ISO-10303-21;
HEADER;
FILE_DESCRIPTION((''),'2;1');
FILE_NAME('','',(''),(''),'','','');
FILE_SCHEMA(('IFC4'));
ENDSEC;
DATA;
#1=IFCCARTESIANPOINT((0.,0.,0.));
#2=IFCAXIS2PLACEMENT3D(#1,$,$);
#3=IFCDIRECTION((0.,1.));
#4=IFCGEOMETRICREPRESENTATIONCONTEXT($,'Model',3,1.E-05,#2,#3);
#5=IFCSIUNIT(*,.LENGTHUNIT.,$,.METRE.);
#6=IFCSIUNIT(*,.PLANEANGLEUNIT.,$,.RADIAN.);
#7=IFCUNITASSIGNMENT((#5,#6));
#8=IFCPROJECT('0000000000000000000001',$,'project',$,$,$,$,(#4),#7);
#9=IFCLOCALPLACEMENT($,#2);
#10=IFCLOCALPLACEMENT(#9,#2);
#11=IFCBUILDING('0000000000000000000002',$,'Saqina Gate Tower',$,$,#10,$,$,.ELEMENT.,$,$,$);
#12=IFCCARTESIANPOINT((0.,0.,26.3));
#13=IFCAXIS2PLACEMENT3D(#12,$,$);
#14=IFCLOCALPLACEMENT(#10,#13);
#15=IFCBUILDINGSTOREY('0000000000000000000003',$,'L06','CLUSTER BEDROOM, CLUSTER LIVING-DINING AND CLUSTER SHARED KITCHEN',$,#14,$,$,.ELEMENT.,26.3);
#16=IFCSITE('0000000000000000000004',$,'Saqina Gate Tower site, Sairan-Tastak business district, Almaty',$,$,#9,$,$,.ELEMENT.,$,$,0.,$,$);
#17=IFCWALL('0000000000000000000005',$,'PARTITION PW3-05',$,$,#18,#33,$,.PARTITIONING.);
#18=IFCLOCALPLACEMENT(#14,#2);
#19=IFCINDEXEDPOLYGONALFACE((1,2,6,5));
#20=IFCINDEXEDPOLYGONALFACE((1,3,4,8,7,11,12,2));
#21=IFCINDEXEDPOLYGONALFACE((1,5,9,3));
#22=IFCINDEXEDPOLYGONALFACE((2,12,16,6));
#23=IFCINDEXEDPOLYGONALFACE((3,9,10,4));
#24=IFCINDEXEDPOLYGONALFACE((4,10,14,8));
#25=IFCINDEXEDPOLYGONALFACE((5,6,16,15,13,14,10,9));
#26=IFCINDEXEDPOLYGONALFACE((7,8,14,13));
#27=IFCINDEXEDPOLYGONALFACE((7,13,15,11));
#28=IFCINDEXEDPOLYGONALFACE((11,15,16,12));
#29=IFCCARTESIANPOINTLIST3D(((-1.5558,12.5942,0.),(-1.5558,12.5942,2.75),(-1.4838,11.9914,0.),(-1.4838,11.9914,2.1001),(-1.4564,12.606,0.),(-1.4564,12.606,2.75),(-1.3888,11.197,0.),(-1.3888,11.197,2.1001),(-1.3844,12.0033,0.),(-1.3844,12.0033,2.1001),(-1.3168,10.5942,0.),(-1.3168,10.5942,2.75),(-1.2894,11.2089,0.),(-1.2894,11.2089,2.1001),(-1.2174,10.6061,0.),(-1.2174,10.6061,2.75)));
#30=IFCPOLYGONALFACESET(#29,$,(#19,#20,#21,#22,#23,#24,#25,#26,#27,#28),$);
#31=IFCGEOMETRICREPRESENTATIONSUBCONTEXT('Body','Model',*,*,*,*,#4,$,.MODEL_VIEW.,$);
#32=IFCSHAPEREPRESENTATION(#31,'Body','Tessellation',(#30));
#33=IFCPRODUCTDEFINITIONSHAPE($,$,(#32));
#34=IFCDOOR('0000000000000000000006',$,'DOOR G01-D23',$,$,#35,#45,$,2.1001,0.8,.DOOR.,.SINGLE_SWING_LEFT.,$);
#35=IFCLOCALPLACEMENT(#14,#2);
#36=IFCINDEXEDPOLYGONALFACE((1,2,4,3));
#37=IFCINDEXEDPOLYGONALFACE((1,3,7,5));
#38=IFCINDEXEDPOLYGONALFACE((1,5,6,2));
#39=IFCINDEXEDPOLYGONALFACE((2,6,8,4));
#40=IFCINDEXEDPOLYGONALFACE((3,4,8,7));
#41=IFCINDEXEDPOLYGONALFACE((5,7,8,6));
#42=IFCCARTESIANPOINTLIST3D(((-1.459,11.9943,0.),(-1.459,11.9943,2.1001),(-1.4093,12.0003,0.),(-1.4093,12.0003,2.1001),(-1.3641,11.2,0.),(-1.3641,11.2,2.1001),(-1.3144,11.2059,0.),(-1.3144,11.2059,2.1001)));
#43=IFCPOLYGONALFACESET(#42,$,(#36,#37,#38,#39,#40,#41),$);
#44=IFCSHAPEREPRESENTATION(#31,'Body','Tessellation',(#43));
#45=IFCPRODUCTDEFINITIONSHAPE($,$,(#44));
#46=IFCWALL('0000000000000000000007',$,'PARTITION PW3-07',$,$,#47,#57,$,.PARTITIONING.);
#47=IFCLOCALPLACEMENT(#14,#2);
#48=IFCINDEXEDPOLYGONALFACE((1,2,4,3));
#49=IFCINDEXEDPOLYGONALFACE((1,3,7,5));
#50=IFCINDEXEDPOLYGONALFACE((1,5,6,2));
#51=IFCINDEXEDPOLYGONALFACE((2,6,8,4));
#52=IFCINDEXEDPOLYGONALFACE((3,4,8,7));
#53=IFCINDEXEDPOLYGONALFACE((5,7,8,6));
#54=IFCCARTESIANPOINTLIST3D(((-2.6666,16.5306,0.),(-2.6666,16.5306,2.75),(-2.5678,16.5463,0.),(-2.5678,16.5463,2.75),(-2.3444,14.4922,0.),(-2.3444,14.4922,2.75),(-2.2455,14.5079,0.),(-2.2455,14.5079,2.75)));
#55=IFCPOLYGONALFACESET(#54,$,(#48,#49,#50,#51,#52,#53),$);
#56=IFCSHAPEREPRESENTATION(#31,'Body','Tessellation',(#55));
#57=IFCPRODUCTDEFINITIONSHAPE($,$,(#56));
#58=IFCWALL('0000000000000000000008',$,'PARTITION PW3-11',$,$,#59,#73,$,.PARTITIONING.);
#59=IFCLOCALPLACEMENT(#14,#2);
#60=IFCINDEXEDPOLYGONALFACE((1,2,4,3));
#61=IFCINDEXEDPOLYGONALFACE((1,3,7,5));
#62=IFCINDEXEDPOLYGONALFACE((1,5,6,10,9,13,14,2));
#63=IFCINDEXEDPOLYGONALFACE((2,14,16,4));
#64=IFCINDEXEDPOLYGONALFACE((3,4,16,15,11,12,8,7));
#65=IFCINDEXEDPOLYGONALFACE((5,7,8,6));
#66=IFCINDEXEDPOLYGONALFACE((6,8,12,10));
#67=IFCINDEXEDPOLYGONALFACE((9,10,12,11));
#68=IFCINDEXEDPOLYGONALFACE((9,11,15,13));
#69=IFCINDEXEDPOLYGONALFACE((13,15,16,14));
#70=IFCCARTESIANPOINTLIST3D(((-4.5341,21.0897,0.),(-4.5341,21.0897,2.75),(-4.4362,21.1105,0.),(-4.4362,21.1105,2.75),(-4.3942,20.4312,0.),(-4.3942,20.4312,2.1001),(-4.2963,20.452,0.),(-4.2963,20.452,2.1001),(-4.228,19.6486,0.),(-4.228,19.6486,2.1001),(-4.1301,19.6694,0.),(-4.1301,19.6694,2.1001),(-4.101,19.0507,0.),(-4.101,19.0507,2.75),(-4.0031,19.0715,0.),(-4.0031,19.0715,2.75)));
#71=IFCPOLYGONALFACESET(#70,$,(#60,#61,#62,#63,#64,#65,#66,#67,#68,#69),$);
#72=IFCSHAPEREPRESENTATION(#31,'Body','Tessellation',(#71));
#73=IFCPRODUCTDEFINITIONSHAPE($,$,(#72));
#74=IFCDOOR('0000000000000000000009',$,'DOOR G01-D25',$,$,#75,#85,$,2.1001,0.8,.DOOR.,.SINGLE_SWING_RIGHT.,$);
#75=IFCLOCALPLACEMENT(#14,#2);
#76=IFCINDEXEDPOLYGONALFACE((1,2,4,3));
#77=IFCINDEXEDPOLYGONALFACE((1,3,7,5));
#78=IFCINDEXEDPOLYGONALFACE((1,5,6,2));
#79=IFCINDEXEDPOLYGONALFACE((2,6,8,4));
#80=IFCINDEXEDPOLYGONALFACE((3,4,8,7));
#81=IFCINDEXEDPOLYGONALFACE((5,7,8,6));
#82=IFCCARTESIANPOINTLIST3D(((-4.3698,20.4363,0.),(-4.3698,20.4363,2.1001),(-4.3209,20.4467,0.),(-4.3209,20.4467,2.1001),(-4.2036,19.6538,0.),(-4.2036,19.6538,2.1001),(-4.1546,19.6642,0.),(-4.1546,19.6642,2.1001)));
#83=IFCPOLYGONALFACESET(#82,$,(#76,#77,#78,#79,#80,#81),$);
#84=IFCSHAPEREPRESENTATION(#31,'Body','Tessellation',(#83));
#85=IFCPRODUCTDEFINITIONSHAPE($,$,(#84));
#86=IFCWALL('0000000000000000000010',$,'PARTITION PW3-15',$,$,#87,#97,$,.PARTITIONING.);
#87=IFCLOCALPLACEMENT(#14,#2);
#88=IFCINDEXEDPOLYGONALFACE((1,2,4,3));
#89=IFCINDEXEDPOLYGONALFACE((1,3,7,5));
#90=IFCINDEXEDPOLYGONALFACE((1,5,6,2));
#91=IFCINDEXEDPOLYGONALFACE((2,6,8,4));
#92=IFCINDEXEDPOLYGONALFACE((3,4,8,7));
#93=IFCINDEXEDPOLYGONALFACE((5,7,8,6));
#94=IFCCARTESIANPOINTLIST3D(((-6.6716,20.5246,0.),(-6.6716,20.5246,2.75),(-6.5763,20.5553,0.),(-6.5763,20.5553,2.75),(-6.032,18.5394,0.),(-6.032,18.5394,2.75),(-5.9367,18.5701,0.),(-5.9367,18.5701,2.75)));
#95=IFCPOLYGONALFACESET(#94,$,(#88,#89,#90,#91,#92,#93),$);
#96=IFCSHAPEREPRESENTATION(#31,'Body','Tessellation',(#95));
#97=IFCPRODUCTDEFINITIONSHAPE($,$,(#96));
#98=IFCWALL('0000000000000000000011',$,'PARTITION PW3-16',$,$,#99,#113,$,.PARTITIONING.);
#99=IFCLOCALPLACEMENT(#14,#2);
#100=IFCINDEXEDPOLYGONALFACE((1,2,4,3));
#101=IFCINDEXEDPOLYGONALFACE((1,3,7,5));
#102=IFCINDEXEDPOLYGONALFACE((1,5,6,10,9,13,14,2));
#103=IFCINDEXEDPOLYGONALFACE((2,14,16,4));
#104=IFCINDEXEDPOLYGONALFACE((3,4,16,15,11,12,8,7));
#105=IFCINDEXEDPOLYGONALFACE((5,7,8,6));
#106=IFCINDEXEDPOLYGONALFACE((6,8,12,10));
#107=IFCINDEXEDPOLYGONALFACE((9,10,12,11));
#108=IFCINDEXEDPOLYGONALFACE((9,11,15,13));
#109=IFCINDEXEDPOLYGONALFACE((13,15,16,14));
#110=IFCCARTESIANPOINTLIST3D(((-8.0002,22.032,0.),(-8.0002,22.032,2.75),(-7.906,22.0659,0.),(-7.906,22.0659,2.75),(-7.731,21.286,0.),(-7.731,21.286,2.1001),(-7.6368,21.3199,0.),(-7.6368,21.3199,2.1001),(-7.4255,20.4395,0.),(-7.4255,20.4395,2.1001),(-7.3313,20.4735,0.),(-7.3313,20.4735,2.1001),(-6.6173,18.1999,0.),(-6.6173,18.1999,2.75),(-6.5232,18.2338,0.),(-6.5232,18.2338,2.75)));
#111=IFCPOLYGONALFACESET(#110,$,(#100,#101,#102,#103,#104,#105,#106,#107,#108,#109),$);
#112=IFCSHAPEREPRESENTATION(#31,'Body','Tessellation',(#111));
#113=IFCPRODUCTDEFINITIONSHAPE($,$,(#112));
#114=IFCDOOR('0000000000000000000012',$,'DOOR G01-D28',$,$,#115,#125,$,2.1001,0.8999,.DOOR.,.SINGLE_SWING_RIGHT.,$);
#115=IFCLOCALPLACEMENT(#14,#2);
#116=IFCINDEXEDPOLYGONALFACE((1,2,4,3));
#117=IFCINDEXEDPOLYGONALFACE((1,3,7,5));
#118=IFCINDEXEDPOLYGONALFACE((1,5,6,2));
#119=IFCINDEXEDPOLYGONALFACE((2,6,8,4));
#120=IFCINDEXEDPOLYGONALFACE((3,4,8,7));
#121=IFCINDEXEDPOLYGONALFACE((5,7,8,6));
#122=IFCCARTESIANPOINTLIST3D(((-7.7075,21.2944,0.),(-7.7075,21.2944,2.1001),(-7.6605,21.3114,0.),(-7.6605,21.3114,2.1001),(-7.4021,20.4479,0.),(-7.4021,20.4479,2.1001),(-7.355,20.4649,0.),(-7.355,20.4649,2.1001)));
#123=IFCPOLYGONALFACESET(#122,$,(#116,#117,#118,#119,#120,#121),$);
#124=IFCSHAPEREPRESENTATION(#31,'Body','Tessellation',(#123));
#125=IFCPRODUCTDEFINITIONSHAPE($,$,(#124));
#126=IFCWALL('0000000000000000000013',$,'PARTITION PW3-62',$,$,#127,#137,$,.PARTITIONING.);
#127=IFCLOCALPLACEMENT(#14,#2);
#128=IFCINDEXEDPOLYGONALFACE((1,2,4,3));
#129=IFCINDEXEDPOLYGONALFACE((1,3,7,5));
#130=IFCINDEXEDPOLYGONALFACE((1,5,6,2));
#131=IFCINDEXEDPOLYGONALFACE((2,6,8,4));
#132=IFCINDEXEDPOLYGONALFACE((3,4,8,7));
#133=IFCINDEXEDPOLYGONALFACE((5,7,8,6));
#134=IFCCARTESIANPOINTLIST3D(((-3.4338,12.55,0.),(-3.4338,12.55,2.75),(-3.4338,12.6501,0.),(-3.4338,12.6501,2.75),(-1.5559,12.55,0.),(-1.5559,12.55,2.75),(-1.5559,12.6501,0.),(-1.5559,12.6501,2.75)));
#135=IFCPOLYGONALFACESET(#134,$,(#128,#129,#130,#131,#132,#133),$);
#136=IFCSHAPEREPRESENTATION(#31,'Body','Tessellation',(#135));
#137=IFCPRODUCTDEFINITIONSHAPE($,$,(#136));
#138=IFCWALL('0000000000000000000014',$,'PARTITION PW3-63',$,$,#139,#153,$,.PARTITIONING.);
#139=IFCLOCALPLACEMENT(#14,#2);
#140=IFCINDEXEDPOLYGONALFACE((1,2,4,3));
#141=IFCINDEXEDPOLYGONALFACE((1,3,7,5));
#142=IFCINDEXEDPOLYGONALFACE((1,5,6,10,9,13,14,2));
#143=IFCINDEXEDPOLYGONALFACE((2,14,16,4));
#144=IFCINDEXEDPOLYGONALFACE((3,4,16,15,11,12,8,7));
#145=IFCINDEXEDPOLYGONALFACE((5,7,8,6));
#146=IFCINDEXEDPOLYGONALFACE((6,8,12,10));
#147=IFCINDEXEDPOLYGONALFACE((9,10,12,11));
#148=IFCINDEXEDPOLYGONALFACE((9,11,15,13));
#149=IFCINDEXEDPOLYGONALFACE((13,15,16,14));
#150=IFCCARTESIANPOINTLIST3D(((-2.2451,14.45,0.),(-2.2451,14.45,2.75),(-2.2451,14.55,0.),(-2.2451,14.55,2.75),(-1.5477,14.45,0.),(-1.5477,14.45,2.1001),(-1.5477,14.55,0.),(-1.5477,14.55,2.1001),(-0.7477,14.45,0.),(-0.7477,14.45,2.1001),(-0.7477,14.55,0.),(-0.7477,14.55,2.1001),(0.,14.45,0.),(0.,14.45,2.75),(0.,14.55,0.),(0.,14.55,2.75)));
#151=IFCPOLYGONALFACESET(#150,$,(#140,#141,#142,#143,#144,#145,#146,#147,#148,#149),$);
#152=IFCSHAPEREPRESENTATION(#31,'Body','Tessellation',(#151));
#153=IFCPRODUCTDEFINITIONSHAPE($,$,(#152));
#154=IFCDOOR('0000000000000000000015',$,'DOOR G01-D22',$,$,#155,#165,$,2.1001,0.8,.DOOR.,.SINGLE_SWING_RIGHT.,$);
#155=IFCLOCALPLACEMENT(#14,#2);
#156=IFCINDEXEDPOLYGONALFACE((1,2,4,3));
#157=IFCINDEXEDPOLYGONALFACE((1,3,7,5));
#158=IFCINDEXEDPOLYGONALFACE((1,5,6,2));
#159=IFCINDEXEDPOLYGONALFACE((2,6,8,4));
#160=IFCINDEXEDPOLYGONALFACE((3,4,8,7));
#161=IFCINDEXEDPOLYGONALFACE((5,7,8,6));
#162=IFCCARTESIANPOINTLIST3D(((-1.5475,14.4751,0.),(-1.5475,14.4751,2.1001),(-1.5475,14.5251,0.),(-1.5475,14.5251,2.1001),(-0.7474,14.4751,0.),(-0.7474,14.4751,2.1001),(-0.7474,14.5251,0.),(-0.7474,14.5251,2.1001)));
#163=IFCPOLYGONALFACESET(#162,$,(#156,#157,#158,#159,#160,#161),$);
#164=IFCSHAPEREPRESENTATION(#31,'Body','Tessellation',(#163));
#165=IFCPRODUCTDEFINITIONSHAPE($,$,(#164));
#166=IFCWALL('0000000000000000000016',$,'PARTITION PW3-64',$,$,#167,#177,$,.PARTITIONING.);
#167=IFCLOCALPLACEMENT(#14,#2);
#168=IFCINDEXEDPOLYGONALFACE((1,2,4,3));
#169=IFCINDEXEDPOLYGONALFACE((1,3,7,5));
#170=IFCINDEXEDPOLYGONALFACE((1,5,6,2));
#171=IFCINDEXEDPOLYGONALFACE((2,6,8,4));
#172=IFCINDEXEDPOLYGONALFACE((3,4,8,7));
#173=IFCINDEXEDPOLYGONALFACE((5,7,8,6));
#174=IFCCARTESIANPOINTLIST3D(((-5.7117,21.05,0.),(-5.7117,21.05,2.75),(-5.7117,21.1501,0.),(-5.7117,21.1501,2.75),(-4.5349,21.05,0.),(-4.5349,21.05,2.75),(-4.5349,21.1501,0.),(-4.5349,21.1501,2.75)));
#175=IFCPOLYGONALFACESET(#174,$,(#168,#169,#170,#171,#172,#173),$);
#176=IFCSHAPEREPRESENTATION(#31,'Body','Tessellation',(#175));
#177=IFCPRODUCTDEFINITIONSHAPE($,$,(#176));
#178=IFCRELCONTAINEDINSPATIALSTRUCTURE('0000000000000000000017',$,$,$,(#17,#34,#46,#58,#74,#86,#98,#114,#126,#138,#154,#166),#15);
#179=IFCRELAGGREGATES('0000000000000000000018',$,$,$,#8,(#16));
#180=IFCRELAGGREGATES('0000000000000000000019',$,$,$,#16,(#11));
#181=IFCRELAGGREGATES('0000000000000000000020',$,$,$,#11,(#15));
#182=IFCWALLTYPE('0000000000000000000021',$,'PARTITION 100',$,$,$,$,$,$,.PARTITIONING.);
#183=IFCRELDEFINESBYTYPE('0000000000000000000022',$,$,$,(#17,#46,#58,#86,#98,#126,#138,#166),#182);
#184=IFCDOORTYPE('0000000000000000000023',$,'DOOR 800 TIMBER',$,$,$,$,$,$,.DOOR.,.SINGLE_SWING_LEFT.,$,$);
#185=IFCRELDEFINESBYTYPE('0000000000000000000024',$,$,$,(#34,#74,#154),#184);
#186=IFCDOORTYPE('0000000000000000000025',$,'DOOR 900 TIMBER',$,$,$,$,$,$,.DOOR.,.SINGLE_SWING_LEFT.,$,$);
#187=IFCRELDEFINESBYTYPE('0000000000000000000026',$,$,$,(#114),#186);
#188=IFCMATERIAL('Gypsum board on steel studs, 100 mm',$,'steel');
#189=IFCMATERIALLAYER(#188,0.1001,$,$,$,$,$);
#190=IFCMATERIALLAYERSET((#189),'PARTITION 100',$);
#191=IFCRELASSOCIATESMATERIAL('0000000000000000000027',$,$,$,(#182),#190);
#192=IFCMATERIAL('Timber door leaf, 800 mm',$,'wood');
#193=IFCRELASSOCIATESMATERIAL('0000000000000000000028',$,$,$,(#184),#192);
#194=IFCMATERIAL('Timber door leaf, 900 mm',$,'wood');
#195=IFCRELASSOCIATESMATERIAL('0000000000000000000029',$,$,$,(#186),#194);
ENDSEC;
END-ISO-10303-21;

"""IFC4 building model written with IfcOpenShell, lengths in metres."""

from ifc_helpers import new_model, si_unit, direction, frame, frame_2d, origin, place, context, subcontext, project, spatial, rectangle, extrude, material, layer, layer_set, type_object, element, fill, save


model = new_model("IFC4")

# Units and contexts
model_context = context("Model", 3, precision=1e-05, world=origin(), true_north=direction((0.0, 1.0)))
body_context = subcontext(model_context, "Body", "Model", "MODEL_VIEW")
ifc_project = project(units=[si_unit("LENGTHUNIT", "METRE"), si_unit("PLANEANGLEUNIT", "RADIAN")], contexts=[model_context])

# Site, building, storey
site_placement = place(None, origin())
site = spatial("IfcSite", under=ifc_project, at=site_placement, Name="Saqina Gate Tower site, Sairan-Tastak business district, Almaty", CompositionType="ELEMENT", RefElevation=0.0)
building_placement = place(site_placement, origin())
building = spatial("IfcBuilding", under=site, at=building_placement, Name="Saqina Gate Tower", CompositionType="ELEMENT")
storey_placement = place(building_placement, frame((0.0, 0.0, 26.3)))
storey = spatial("IfcBuildingStorey", under=building, at=storey_placement, Name="L06", Description="CLUSTER BEDROOM, CLUSTER LIVING-DINING AND CLUSTER SHARED KITCHEN", CompositionType="ELEMENT", Elevation=26.3)

# Wall, opening, door
ifc_material_1 = material(Name="Gypsum board on steel studs, 100 mm", Category="steel")
ifc_layer_1 = layer(ifc_material_1, 0.1001)
ifc_layer_set_1 = layer_set([ifc_layer_1], Name="PARTITION 100")
wall_type_1 = type_object("IfcWallType", Name="PARTITION 100", PredefinedType="PARTITIONING", material=ifc_layer_set_1)
wall_1_placement = place(storey_placement, frame((-1.5061, 12.6001, 0.0), z_axis=(0.0, 0.0, 1.0), x_axis=(0.118662, -0.992935, 0.0)))
wall_1 = element("IfcWall", 1, at=wall_1_placement, inside=storey, type_object=wall_type_1, Name="PARTITION PW3-05", PredefinedType="PARTITIONING", context=body_context, shape_type="SweptSolid", body=[
    extrude(rectangle(XDim=2.0142, YDim=0.1001, at=frame_2d((1.0071, 0.0))), origin(), (0.0, 0.0, 1.0), 2.75),
])
opening_1_placement = place(wall_1_placement, frame((0.6072, 0.0, 0.0)))
opening_1 = element("IfcOpeningElement", 2, at=opening_1_placement, cuts=wall_1, PredefinedType="OPENING", context=body_context, shape_type="SweptSolid", body=[
    extrude(rectangle(XDim=0.8, YDim=2.1001, at=frame_2d((0.3999, 1.05))), frame((0.0, 0.062, 0.0), z_axis=(0.0, -1.0, 0.0), x_axis=(1.0, 0.0, 0.0)), (0.0, 0.0, 1.0), 0.124),
])
ifc_material_2 = material(Name="Timber door leaf, 800 mm", Category="wood")
door_type_1 = type_object("IfcDoorType", Name="DOOR 800 TIMBER", OperationType="SINGLE_SWING_LEFT", PredefinedType="DOOR", material=ifc_material_2)
door_1_placement = place(opening_1_placement, origin())
door_1 = element("IfcDoor", 3, at=door_1_placement, inside=storey, type_object=door_type_1, Name="DOOR G01-D23", OperationType="SINGLE_SWING_LEFT", OverallHeight=2.1001, OverallWidth=0.8, PredefinedType="DOOR", context=body_context, shape_type="SweptSolid", body=[
    extrude(rectangle(XDim=0.8, YDim=2.1001, at=frame_2d((0.3999, 1.05))), frame((0.0, 0.0249, 0.0), z_axis=(0.0, -1.0, 0.0), x_axis=(1.0, 0.0, 0.0)), (0.0, 0.0, 1.0), 0.05),
])
fill(opening_1, door_1)

# Wall
wall_2_placement = place(storey_placement, frame((-2.6172, 16.5383, 0.0), z_axis=(0.0, 0.0, 1.0), x_axis=(0.156163, -0.987731, 0.0)))
element("IfcWall", 4, at=wall_2_placement, inside=storey, type_object=wall_type_1, Name="PARTITION PW3-07", PredefinedType="PARTITIONING", context=body_context, shape_type="SweptSolid", body=[
    extrude(rectangle(XDim=2.0637, YDim=0.1001, at=frame_2d((1.0317, 0.0))), origin(), (0.0, 0.0, 1.0), 2.75),
])

# Wall, opening, door
wall_3_placement = place(storey_placement, frame((-4.4851, 21.1001, 0.0), z_axis=(0.0, 0.0, 1.0), x_axis=(0.207769, -0.978178, 0.0)))
wall_3 = element("IfcWall", 5, at=wall_3_placement, inside=storey, type_object=wall_type_1, Name="PARTITION PW3-11", PredefinedType="PARTITIONING", context=body_context, shape_type="SweptSolid", body=[
    extrude(rectangle(XDim=2.0845, YDim=0.1001, at=frame_2d((1.0422, 0.0))), origin(), (0.0, 0.0, 1.0), 2.75),
])
opening_2_placement = place(wall_3_placement, frame((0.6733, 0.0, 0.0)))
opening_2 = element("IfcOpeningElement", 6, at=opening_2_placement, cuts=wall_3, PredefinedType="OPENING", context=body_context, shape_type="SweptSolid", body=[
    extrude(rectangle(XDim=0.8, YDim=2.1001, at=frame_2d((0.3999, 1.05))), frame((0.0, 0.062, 0.0), z_axis=(0.0, -1.0, 0.0), x_axis=(1.0, 0.0, 0.0)), (0.0, 0.0, 1.0), 0.124),
])
door_2_placement = place(opening_2_placement, origin())
door_2 = element("IfcDoor", 7, at=door_2_placement, inside=storey, type_object=door_type_1, Name="DOOR G01-D25", OperationType="SINGLE_SWING_RIGHT", OverallHeight=2.1001, OverallWidth=0.8, PredefinedType="DOOR", context=body_context, shape_type="SweptSolid", body=[
    extrude(rectangle(XDim=0.8, YDim=2.1001, at=frame_2d((0.3999, 1.05))), frame((0.0, 0.0249, 0.0), z_axis=(0.0, -1.0, 0.0), x_axis=(1.0, 0.0, 0.0)), (0.0, 0.0, 1.0), 0.05),
])
fill(opening_2, door_2)

# Wall
wall_4_placement = place(storey_placement, frame((-6.624, 20.54, 0.0), z_axis=(0.0, 0.0, 1.0), x_axis=(0.306695, -0.951808, 0.0)))
element("IfcWall", 8, at=wall_4_placement, inside=storey, type_object=wall_type_1, Name="PARTITION PW3-15", PredefinedType="PARTITIONING", context=body_context, shape_type="SweptSolid", body=[
    extrude(rectangle(XDim=2.0857, YDim=0.1001, at=frame_2d((1.043, 0.0))), origin(), (0.0, 0.0, 1.0), 2.75),
])

# Wall, opening, door
wall_5_placement = place(storey_placement, frame((-7.9531, 22.0491, 0.0), z_axis=(0.0, 0.0, 1.0), x_axis=(0.339432, -0.94063, 0.0)))
wall_5 = element("IfcWall", 9, at=wall_5_placement, inside=storey, type_object=wall_type_1, Name="PARTITION PW3-16", PredefinedType="PARTITIONING", context=body_context, shape_type="SweptSolid", body=[
    extrude(rectangle(XDim=4.074, YDim=0.1001, at=frame_2d((2.0371, 0.0))), origin(), (0.0, 0.0, 1.0), 2.75),
])
opening_3_placement = place(wall_5_placement, frame((0.7932, 0.0, 0.0)))
opening_3 = element("IfcOpeningElement", 10, at=opening_3_placement, cuts=wall_5, PredefinedType="OPENING", context=body_context, shape_type="SweptSolid", body=[
    extrude(rectangle(XDim=0.8999, YDim=2.1001, at=frame_2d((0.45, 1.05))), frame((0.0, 0.062, 0.0), z_axis=(0.0, -1.0, 0.0), x_axis=(1.0, 0.0, 0.0)), (0.0, 0.0, 1.0), 0.124),
])
ifc_material_3 = material(Name="Timber door leaf, 900 mm", Category="wood")
door_type_2 = type_object("IfcDoorType", Name="DOOR 900 TIMBER", OperationType="SINGLE_SWING_LEFT", PredefinedType="DOOR", material=ifc_material_3)
door_3_placement = place(opening_3_placement, origin())
door_3 = element("IfcDoor", 11, at=door_3_placement, inside=storey, type_object=door_type_2, Name="DOOR G01-D28", OperationType="SINGLE_SWING_RIGHT", OverallHeight=2.1001, OverallWidth=0.8999, PredefinedType="DOOR", context=body_context, shape_type="SweptSolid", body=[
    extrude(rectangle(XDim=0.8999, YDim=2.1001, at=frame_2d((0.45, 1.05))), frame((0.0, 0.0249, 0.0), z_axis=(0.0, -1.0, 0.0), x_axis=(1.0, 0.0, 0.0)), (0.0, 0.0, 1.0), 0.05),
])
fill(opening_3, door_3)

# Wall
wall_6_placement = place(storey_placement, frame((-3.4338, 12.6001, 0.0), z_axis=(0.0, 0.0, 1.0), x_axis=(1.0, 0.0, 0.0)))
element("IfcWall", 12, at=wall_6_placement, inside=storey, type_object=wall_type_1, Name="PARTITION PW3-62", PredefinedType="PARTITIONING", context=body_context, shape_type="SweptSolid", body=[
    extrude(rectangle(XDim=1.8779, YDim=0.1001, at=frame_2d((0.939, 0.0))), origin(), (0.0, 0.0, 1.0), 2.75),
])

# Wall, opening, door
wall_7_placement = place(storey_placement, frame((-2.2451, 14.5, 0.0), z_axis=(0.0, 0.0, 1.0), x_axis=(1.0, 0.0, 0.0)))
wall_7 = element("IfcWall", 13, at=wall_7_placement, inside=storey, type_object=wall_type_1, Name="PARTITION PW3-63", PredefinedType="PARTITIONING", context=body_context, shape_type="SweptSolid", body=[
    extrude(rectangle(XDim=2.2451, YDim=0.1001, at=frame_2d((1.1226, 0.0))), origin(), (0.0, 0.0, 1.0), 2.75),
])
opening_4_placement = place(wall_7_placement, frame((0.6975, 0.0, 0.0)))
opening_4 = element("IfcOpeningElement", 14, at=opening_4_placement, cuts=wall_7, PredefinedType="OPENING", context=body_context, shape_type="SweptSolid", body=[
    extrude(rectangle(XDim=0.8, YDim=2.1001, at=frame_2d((0.3999, 1.05))), frame((0.0, 0.062, 0.0), z_axis=(0.0, -1.0, 0.0), x_axis=(1.0, 0.0, 0.0)), (0.0, 0.0, 1.0), 0.124),
])
door_4_placement = place(opening_4_placement, frame((0.8, 0.0, 0.0), z_axis=(0.0, 0.0, 1.0), x_axis=(-1.0, 0.0, 0.0)))
door_4 = element("IfcDoor", 15, at=door_4_placement, inside=storey, type_object=door_type_1, Name="DOOR G01-D22", OperationType="SINGLE_SWING_RIGHT", OverallHeight=2.1001, OverallWidth=0.8, PredefinedType="DOOR", context=body_context, shape_type="SweptSolid", body=[
    extrude(rectangle(XDim=0.8, YDim=2.1001, at=frame_2d((0.3999, 1.05))), frame((0.0, 0.0249, 0.0), z_axis=(0.0, -1.0, 0.0), x_axis=(1.0, 0.0, 0.0)), (0.0, 0.0, 1.0), 0.05),
])
fill(opening_4, door_4)

# Wall
wall_8_placement = place(storey_placement, frame((-5.7117, 21.1001, 0.0), z_axis=(0.0, 0.0, 1.0), x_axis=(1.0, 0.0, 0.0)))
element("IfcWall", 16, at=wall_8_placement, inside=storey, type_object=wall_type_1, Name="PARTITION PW3-64", PredefinedType="PARTITIONING", context=body_context, shape_type="SweptSolid", body=[
    extrude(rectangle(XDim=1.1768, YDim=0.1001, at=frame_2d((0.5884, 0.0))), origin(), (0.0, 0.0, 1.0), 2.75),
])

save(model, "model.ifc")
